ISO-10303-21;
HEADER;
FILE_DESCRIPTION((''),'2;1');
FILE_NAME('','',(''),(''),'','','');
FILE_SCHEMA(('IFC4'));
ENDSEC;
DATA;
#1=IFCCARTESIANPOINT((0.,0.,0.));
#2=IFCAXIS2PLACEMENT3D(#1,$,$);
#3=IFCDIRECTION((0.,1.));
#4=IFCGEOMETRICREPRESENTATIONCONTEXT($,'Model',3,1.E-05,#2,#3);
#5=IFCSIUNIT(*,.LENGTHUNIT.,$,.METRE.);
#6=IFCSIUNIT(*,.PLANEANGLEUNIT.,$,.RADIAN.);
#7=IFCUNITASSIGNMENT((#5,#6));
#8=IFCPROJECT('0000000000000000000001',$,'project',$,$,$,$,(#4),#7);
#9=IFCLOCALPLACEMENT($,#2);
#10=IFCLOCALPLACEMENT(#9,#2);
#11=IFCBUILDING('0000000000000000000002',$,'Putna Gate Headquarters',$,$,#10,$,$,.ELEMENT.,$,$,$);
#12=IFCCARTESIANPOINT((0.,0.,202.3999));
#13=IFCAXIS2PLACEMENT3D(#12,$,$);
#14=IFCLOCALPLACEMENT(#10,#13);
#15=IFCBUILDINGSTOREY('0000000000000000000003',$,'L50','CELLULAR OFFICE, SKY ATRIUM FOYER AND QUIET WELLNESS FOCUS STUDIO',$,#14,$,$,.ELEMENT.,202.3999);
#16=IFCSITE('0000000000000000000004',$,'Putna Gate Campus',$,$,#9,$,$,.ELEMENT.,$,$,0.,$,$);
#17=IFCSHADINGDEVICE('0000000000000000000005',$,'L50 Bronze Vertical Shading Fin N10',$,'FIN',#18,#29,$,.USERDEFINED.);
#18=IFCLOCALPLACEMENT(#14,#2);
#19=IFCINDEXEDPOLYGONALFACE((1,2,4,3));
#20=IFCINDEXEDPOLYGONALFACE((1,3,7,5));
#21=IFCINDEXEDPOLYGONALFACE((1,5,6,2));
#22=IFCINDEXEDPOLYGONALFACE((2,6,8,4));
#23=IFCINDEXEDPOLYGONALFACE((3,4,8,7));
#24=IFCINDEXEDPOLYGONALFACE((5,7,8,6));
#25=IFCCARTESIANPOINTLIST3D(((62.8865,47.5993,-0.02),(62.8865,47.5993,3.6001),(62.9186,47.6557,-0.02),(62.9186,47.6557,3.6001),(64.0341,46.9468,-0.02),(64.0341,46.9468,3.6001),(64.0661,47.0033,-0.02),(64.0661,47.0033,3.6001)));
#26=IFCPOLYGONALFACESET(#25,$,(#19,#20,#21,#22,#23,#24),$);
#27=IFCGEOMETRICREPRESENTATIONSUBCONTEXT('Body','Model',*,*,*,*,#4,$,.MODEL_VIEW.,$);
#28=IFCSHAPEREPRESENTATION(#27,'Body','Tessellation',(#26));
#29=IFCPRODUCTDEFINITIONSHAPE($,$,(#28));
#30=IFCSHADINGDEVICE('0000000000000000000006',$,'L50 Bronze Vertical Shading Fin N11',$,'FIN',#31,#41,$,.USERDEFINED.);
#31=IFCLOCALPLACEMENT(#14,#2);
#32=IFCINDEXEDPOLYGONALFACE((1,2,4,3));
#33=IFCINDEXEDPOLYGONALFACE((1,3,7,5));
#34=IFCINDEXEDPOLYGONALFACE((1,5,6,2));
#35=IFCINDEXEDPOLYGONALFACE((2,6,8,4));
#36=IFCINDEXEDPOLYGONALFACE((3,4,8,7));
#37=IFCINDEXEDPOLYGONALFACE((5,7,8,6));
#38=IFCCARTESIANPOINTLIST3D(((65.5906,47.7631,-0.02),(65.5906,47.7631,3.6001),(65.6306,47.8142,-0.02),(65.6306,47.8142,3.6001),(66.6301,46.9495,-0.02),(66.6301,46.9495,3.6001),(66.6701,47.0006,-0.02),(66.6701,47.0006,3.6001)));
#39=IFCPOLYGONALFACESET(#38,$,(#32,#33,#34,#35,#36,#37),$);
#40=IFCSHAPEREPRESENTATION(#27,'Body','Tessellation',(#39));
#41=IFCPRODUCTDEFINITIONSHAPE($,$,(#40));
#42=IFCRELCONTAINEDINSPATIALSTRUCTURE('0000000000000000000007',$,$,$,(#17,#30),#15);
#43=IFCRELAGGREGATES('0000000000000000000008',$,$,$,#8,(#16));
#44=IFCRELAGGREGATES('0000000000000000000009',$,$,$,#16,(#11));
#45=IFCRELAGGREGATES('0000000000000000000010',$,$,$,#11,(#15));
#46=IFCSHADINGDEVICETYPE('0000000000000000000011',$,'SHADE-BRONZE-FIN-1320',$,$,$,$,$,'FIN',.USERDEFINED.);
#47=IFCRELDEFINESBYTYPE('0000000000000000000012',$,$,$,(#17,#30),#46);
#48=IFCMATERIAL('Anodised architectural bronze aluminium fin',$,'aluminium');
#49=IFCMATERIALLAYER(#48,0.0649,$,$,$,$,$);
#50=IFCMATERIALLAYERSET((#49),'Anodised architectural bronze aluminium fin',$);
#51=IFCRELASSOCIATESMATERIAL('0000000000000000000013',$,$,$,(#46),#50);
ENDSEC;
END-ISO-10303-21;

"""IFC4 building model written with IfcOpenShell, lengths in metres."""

from ifc_helpers import new_model, si_unit, direction, frame, origin, origin_2d, place, context, subcontext, project, spatial, rectangle, extrude, material, layer, layer_set, type_object, element, save


model = new_model("IFC4")

# Units and contexts
model_context = context("Model", 3, precision=1e-05, world=origin(), true_north=direction((0.0, 1.0)))
body_context = subcontext(model_context, "Body", "Model", "MODEL_VIEW")
ifc_project = project(units=[si_unit("LENGTHUNIT", "METRE"), si_unit("PLANEANGLEUNIT", "RADIAN")], contexts=[model_context])

# Site, building, storey
site_placement = place(None, origin())
site = spatial("IfcSite", under=ifc_project, at=site_placement, Name="Putna Gate Campus", CompositionType="ELEMENT", RefElevation=0.0)
building_placement = place(site_placement, origin())
building = spatial("IfcBuilding", under=site, at=building_placement, Name="Putna Gate Headquarters", CompositionType="ELEMENT")
storey_placement = place(building_placement, frame((0.0, 0.0, 202.3999)))
storey = spatial("IfcBuildingStorey", under=building, at=storey_placement, Name="L50", Description="CELLULAR OFFICE, SKY ATRIUM FOYER AND QUIET WELLNESS FOCUS STUDIO", CompositionType="ELEMENT", Elevation=202.3999)

# Shading devices
ifc_material_1 = material(Name="Anodised architectural bronze aluminium fin", Category="aluminium")
ifc_layer_1 = layer(ifc_material_1, 0.0649)
ifc_layer_set_1 = layer_set([ifc_layer_1], Name="Anodised architectural bronze aluminium fin")
shading_device_type = type_object("IfcShadingDeviceType", Name="SHADE-BRONZE-FIN-1320", ElementType="FIN", PredefinedType="USERDEFINED", material=ifc_layer_set_1)
for number, where, z_axis, x_axis, name in (
    (1, (63.4763, 47.3013, -0.02), (0.0, 0.0, 1.0), (-0.869322, 0.494245, 0.0), "L50 Bronze Vertical Shading Fin N10"),
    (2, (66.1304, 47.3818, -0.02), (0.0, 0.0, 1.0), (-0.787473, 0.616349, 0.0), "L50 Bronze Vertical Shading Fin N11"),
):
    element("IfcShadingDevice", number, at=place(storey_placement, frame(where, z_axis=z_axis, x_axis=x_axis)), inside=storey, type_object=shading_device_type, Name=name, ObjectType="FIN", PredefinedType="USERDEFINED", context=body_context, shape_type="SweptSolid", body=[
        extrude(rectangle(XDim=1.3201, YDim=0.0649, at=origin_2d()), origin(), (0.0, 0.0, 1.0), 3.6201),
    ])

save(model, "model.ifc")
